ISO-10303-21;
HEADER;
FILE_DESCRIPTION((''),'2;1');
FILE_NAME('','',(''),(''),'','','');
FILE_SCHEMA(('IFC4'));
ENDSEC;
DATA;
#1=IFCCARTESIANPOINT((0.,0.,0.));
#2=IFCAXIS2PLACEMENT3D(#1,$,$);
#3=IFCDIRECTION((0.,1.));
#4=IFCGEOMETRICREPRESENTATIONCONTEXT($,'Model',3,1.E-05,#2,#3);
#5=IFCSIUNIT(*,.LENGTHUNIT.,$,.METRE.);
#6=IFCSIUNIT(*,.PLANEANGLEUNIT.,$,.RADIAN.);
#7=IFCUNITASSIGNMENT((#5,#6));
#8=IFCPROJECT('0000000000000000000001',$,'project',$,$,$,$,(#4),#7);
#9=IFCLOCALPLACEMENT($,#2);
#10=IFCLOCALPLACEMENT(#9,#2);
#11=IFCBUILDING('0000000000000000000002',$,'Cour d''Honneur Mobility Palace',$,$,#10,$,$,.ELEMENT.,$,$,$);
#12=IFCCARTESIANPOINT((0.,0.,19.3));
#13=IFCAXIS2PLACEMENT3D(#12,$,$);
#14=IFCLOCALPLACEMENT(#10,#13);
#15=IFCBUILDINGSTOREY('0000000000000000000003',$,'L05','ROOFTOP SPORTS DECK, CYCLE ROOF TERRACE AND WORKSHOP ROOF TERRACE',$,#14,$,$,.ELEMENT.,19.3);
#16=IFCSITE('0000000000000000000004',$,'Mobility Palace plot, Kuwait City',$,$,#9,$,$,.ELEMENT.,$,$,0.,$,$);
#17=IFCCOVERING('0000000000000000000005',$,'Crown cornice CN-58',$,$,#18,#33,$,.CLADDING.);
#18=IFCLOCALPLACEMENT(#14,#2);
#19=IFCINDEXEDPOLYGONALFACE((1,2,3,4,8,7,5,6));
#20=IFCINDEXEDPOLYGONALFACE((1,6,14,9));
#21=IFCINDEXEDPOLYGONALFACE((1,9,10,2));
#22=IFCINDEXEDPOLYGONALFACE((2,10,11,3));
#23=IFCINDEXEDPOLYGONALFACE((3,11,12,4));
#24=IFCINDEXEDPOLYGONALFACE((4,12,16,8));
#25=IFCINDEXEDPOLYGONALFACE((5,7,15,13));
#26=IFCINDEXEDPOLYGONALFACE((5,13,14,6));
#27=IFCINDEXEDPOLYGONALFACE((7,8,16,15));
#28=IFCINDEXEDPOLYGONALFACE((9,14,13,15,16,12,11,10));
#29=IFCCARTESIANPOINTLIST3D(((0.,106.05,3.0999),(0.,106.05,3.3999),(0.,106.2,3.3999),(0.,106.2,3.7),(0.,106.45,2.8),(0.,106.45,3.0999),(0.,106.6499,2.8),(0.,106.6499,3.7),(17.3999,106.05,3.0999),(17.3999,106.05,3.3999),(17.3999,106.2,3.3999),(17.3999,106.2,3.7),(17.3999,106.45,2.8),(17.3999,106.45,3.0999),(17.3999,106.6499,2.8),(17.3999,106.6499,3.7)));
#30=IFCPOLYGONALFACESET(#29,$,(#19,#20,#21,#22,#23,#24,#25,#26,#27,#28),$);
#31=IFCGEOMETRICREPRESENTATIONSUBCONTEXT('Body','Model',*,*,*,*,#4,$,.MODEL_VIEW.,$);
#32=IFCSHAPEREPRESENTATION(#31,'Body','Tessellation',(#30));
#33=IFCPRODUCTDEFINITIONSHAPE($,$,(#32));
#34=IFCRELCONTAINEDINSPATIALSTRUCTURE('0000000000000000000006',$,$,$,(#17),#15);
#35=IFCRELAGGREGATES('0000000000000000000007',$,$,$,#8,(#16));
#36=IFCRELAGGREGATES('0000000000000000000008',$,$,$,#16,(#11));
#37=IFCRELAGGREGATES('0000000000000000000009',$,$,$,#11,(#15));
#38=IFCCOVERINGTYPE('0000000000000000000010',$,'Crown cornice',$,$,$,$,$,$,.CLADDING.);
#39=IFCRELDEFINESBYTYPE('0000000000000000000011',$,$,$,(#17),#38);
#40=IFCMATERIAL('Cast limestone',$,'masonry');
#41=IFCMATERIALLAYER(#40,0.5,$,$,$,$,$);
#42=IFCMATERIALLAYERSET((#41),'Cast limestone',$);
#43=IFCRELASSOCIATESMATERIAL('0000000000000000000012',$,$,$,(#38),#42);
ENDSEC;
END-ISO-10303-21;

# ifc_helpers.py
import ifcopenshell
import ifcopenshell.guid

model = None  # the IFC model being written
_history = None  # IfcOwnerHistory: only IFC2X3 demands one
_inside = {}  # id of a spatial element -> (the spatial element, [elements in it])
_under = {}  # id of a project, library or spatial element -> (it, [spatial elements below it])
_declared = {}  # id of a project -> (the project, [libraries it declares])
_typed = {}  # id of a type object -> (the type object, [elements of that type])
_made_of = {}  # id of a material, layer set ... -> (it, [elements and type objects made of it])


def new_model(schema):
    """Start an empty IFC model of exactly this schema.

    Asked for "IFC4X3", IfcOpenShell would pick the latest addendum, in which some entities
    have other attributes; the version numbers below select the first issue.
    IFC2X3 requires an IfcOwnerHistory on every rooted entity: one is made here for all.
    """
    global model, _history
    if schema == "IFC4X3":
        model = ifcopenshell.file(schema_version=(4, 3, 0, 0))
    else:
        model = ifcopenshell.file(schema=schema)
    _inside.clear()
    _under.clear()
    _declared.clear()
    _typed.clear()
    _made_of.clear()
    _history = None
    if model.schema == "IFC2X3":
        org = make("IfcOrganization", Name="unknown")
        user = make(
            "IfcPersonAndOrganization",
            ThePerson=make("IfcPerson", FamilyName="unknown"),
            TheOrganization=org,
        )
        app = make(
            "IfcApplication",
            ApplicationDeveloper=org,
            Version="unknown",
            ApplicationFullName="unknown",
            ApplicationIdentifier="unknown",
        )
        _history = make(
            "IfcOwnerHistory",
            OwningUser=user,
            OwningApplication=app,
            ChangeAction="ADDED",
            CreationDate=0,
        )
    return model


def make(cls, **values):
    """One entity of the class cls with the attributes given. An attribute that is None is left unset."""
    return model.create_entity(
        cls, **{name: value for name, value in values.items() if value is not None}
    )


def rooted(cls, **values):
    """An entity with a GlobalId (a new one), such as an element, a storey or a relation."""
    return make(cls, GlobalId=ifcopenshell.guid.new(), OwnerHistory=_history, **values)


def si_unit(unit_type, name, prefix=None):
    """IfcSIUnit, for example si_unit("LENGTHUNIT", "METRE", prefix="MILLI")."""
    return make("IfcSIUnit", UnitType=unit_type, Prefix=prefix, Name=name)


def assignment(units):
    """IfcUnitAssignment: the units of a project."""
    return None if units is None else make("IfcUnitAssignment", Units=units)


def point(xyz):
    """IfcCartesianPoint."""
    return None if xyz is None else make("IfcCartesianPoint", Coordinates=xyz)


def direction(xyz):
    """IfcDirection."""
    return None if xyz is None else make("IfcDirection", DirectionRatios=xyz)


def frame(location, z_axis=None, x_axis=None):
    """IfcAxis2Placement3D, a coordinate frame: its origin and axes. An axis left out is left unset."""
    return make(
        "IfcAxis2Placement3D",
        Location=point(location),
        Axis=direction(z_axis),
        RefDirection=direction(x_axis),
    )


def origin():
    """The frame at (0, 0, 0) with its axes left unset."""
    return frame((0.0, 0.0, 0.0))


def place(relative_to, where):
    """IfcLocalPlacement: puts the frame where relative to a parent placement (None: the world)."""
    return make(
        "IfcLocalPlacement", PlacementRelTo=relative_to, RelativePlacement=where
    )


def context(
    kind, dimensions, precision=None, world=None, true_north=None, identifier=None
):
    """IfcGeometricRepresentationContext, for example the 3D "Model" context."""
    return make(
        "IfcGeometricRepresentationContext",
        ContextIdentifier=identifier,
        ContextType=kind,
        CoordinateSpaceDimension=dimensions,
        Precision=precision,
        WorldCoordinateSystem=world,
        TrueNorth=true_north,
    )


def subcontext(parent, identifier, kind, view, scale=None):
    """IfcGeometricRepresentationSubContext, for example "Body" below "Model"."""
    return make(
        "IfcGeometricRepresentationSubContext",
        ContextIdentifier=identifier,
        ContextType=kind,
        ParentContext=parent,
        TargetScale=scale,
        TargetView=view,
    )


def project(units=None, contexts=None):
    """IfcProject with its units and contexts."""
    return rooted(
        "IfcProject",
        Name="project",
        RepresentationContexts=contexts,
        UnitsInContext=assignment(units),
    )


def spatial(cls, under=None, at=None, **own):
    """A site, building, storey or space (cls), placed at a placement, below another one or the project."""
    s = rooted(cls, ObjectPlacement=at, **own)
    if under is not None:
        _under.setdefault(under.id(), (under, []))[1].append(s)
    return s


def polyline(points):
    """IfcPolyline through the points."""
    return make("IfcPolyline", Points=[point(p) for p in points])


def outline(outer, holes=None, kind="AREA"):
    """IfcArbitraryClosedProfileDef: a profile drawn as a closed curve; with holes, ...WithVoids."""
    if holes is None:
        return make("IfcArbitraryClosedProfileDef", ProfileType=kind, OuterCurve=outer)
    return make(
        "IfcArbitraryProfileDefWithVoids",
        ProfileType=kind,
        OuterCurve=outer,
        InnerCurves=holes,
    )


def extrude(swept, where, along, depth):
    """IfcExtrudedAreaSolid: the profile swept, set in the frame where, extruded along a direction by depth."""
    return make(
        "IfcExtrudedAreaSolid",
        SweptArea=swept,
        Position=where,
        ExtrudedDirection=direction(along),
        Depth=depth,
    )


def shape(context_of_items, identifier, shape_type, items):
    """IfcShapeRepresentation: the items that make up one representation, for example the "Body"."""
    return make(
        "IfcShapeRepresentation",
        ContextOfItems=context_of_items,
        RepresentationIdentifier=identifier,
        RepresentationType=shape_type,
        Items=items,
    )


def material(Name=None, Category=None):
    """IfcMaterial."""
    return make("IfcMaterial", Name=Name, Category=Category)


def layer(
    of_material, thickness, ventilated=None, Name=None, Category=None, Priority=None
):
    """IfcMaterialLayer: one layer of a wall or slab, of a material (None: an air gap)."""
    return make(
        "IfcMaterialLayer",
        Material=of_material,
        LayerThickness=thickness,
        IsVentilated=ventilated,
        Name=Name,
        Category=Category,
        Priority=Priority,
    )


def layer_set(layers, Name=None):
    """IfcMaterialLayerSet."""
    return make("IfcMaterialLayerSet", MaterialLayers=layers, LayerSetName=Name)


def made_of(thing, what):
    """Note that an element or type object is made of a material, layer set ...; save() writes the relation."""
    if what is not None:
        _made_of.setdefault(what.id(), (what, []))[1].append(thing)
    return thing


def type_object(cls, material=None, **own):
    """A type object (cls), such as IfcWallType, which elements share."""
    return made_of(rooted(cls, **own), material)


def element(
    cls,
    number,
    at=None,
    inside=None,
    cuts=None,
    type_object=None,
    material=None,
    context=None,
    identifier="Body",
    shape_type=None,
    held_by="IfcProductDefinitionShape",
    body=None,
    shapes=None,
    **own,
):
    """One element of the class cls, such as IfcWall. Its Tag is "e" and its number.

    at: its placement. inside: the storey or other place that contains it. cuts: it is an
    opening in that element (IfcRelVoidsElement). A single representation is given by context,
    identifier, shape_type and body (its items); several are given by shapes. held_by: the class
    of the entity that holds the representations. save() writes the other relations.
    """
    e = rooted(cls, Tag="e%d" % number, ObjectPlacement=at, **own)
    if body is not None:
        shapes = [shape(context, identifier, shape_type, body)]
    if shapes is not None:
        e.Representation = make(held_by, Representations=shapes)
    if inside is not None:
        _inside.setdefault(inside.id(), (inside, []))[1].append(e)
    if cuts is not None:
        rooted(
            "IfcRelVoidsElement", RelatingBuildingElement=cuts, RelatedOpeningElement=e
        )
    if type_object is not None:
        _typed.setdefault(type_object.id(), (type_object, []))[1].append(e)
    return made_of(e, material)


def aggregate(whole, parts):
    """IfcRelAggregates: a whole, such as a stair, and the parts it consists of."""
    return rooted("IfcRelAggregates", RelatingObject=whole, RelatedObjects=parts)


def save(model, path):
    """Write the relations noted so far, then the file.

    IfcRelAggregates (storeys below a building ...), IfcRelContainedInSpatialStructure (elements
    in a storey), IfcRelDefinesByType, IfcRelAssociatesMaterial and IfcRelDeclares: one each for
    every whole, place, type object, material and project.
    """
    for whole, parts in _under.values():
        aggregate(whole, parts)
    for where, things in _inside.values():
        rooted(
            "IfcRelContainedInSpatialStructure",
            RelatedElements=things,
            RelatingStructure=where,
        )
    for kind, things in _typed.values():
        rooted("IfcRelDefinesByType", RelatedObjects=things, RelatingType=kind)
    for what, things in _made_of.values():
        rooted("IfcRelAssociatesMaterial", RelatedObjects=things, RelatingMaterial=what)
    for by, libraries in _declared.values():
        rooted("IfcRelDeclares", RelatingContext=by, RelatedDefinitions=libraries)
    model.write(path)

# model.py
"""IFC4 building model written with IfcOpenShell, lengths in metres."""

from ifc_helpers import new_model, si_unit, direction, frame, origin, place, context, subcontext, project, spatial, polyline, outline, extrude, material, layer, layer_set, type_object, element, save


model = new_model("IFC4")

# Units and contexts
model_context = context("Model", 3, precision=1e-05, world=origin(), true_north=direction((0.0, 1.0)))
body_context = subcontext(model_context, "Body", "Model", "MODEL_VIEW")
ifc_project = project(units=[si_unit("LENGTHUNIT", "METRE"), si_unit("PLANEANGLEUNIT", "RADIAN")], contexts=[model_context])

# Site, building, storey
site_placement = place(None, origin())
site = spatial("IfcSite", under=ifc_project, at=site_placement, Name="Mobility Palace plot, Kuwait City", CompositionType="ELEMENT", RefElevation=0.0)
building_placement = place(site_placement, origin())
building = spatial("IfcBuilding", under=site, at=building_placement, Name="Cour d'Honneur Mobility Palace", CompositionType="ELEMENT")
storey_placement = place(building_placement, frame((0.0, 0.0, 19.3)))
storey = spatial("IfcBuildingStorey", under=building, at=storey_placement, Name="L05", Description="ROOFTOP SPORTS DECK, CYCLE ROOF TERRACE AND WORKSHOP ROOF TERRACE", CompositionType="ELEMENT", Elevation=19.3)

# Covering
ifc_material_1 = material(Name="Cast limestone", Category="masonry")
ifc_layer_1 = layer(ifc_material_1, 0.5)
ifc_layer_set_1 = layer_set([ifc_layer_1], Name="Cast limestone")
covering_type = type_object("IfcCoveringType", Name="Crown cornice", PredefinedType="CLADDING", material=ifc_layer_set_1)
covering_placement = place(storey_placement, frame((0.0, 106.6499, 2.8), z_axis=(-1.0, 0.0, 0.0), x_axis=(0.0, -1.0, 0.0)))
element("IfcCovering", 1, at=covering_placement, inside=storey, type_object=covering_type, Name="Crown cornice CN-58", PredefinedType="CLADDING", context=body_context, shape_type="SweptSolid", body=[
    extrude(outline(polyline([(0.0, 0.0), (0.2, 0.0), (0.2, 0.2998), (0.5999, 0.2998), (0.5999, 0.5999), (0.45, 0.5999), (0.45, 0.8999), (0.0, 0.8999), (0.0, 0.0)])), origin(), (0.0, 0.0, -1.0), 17.3999),
])

save(model, "model.ifc")
